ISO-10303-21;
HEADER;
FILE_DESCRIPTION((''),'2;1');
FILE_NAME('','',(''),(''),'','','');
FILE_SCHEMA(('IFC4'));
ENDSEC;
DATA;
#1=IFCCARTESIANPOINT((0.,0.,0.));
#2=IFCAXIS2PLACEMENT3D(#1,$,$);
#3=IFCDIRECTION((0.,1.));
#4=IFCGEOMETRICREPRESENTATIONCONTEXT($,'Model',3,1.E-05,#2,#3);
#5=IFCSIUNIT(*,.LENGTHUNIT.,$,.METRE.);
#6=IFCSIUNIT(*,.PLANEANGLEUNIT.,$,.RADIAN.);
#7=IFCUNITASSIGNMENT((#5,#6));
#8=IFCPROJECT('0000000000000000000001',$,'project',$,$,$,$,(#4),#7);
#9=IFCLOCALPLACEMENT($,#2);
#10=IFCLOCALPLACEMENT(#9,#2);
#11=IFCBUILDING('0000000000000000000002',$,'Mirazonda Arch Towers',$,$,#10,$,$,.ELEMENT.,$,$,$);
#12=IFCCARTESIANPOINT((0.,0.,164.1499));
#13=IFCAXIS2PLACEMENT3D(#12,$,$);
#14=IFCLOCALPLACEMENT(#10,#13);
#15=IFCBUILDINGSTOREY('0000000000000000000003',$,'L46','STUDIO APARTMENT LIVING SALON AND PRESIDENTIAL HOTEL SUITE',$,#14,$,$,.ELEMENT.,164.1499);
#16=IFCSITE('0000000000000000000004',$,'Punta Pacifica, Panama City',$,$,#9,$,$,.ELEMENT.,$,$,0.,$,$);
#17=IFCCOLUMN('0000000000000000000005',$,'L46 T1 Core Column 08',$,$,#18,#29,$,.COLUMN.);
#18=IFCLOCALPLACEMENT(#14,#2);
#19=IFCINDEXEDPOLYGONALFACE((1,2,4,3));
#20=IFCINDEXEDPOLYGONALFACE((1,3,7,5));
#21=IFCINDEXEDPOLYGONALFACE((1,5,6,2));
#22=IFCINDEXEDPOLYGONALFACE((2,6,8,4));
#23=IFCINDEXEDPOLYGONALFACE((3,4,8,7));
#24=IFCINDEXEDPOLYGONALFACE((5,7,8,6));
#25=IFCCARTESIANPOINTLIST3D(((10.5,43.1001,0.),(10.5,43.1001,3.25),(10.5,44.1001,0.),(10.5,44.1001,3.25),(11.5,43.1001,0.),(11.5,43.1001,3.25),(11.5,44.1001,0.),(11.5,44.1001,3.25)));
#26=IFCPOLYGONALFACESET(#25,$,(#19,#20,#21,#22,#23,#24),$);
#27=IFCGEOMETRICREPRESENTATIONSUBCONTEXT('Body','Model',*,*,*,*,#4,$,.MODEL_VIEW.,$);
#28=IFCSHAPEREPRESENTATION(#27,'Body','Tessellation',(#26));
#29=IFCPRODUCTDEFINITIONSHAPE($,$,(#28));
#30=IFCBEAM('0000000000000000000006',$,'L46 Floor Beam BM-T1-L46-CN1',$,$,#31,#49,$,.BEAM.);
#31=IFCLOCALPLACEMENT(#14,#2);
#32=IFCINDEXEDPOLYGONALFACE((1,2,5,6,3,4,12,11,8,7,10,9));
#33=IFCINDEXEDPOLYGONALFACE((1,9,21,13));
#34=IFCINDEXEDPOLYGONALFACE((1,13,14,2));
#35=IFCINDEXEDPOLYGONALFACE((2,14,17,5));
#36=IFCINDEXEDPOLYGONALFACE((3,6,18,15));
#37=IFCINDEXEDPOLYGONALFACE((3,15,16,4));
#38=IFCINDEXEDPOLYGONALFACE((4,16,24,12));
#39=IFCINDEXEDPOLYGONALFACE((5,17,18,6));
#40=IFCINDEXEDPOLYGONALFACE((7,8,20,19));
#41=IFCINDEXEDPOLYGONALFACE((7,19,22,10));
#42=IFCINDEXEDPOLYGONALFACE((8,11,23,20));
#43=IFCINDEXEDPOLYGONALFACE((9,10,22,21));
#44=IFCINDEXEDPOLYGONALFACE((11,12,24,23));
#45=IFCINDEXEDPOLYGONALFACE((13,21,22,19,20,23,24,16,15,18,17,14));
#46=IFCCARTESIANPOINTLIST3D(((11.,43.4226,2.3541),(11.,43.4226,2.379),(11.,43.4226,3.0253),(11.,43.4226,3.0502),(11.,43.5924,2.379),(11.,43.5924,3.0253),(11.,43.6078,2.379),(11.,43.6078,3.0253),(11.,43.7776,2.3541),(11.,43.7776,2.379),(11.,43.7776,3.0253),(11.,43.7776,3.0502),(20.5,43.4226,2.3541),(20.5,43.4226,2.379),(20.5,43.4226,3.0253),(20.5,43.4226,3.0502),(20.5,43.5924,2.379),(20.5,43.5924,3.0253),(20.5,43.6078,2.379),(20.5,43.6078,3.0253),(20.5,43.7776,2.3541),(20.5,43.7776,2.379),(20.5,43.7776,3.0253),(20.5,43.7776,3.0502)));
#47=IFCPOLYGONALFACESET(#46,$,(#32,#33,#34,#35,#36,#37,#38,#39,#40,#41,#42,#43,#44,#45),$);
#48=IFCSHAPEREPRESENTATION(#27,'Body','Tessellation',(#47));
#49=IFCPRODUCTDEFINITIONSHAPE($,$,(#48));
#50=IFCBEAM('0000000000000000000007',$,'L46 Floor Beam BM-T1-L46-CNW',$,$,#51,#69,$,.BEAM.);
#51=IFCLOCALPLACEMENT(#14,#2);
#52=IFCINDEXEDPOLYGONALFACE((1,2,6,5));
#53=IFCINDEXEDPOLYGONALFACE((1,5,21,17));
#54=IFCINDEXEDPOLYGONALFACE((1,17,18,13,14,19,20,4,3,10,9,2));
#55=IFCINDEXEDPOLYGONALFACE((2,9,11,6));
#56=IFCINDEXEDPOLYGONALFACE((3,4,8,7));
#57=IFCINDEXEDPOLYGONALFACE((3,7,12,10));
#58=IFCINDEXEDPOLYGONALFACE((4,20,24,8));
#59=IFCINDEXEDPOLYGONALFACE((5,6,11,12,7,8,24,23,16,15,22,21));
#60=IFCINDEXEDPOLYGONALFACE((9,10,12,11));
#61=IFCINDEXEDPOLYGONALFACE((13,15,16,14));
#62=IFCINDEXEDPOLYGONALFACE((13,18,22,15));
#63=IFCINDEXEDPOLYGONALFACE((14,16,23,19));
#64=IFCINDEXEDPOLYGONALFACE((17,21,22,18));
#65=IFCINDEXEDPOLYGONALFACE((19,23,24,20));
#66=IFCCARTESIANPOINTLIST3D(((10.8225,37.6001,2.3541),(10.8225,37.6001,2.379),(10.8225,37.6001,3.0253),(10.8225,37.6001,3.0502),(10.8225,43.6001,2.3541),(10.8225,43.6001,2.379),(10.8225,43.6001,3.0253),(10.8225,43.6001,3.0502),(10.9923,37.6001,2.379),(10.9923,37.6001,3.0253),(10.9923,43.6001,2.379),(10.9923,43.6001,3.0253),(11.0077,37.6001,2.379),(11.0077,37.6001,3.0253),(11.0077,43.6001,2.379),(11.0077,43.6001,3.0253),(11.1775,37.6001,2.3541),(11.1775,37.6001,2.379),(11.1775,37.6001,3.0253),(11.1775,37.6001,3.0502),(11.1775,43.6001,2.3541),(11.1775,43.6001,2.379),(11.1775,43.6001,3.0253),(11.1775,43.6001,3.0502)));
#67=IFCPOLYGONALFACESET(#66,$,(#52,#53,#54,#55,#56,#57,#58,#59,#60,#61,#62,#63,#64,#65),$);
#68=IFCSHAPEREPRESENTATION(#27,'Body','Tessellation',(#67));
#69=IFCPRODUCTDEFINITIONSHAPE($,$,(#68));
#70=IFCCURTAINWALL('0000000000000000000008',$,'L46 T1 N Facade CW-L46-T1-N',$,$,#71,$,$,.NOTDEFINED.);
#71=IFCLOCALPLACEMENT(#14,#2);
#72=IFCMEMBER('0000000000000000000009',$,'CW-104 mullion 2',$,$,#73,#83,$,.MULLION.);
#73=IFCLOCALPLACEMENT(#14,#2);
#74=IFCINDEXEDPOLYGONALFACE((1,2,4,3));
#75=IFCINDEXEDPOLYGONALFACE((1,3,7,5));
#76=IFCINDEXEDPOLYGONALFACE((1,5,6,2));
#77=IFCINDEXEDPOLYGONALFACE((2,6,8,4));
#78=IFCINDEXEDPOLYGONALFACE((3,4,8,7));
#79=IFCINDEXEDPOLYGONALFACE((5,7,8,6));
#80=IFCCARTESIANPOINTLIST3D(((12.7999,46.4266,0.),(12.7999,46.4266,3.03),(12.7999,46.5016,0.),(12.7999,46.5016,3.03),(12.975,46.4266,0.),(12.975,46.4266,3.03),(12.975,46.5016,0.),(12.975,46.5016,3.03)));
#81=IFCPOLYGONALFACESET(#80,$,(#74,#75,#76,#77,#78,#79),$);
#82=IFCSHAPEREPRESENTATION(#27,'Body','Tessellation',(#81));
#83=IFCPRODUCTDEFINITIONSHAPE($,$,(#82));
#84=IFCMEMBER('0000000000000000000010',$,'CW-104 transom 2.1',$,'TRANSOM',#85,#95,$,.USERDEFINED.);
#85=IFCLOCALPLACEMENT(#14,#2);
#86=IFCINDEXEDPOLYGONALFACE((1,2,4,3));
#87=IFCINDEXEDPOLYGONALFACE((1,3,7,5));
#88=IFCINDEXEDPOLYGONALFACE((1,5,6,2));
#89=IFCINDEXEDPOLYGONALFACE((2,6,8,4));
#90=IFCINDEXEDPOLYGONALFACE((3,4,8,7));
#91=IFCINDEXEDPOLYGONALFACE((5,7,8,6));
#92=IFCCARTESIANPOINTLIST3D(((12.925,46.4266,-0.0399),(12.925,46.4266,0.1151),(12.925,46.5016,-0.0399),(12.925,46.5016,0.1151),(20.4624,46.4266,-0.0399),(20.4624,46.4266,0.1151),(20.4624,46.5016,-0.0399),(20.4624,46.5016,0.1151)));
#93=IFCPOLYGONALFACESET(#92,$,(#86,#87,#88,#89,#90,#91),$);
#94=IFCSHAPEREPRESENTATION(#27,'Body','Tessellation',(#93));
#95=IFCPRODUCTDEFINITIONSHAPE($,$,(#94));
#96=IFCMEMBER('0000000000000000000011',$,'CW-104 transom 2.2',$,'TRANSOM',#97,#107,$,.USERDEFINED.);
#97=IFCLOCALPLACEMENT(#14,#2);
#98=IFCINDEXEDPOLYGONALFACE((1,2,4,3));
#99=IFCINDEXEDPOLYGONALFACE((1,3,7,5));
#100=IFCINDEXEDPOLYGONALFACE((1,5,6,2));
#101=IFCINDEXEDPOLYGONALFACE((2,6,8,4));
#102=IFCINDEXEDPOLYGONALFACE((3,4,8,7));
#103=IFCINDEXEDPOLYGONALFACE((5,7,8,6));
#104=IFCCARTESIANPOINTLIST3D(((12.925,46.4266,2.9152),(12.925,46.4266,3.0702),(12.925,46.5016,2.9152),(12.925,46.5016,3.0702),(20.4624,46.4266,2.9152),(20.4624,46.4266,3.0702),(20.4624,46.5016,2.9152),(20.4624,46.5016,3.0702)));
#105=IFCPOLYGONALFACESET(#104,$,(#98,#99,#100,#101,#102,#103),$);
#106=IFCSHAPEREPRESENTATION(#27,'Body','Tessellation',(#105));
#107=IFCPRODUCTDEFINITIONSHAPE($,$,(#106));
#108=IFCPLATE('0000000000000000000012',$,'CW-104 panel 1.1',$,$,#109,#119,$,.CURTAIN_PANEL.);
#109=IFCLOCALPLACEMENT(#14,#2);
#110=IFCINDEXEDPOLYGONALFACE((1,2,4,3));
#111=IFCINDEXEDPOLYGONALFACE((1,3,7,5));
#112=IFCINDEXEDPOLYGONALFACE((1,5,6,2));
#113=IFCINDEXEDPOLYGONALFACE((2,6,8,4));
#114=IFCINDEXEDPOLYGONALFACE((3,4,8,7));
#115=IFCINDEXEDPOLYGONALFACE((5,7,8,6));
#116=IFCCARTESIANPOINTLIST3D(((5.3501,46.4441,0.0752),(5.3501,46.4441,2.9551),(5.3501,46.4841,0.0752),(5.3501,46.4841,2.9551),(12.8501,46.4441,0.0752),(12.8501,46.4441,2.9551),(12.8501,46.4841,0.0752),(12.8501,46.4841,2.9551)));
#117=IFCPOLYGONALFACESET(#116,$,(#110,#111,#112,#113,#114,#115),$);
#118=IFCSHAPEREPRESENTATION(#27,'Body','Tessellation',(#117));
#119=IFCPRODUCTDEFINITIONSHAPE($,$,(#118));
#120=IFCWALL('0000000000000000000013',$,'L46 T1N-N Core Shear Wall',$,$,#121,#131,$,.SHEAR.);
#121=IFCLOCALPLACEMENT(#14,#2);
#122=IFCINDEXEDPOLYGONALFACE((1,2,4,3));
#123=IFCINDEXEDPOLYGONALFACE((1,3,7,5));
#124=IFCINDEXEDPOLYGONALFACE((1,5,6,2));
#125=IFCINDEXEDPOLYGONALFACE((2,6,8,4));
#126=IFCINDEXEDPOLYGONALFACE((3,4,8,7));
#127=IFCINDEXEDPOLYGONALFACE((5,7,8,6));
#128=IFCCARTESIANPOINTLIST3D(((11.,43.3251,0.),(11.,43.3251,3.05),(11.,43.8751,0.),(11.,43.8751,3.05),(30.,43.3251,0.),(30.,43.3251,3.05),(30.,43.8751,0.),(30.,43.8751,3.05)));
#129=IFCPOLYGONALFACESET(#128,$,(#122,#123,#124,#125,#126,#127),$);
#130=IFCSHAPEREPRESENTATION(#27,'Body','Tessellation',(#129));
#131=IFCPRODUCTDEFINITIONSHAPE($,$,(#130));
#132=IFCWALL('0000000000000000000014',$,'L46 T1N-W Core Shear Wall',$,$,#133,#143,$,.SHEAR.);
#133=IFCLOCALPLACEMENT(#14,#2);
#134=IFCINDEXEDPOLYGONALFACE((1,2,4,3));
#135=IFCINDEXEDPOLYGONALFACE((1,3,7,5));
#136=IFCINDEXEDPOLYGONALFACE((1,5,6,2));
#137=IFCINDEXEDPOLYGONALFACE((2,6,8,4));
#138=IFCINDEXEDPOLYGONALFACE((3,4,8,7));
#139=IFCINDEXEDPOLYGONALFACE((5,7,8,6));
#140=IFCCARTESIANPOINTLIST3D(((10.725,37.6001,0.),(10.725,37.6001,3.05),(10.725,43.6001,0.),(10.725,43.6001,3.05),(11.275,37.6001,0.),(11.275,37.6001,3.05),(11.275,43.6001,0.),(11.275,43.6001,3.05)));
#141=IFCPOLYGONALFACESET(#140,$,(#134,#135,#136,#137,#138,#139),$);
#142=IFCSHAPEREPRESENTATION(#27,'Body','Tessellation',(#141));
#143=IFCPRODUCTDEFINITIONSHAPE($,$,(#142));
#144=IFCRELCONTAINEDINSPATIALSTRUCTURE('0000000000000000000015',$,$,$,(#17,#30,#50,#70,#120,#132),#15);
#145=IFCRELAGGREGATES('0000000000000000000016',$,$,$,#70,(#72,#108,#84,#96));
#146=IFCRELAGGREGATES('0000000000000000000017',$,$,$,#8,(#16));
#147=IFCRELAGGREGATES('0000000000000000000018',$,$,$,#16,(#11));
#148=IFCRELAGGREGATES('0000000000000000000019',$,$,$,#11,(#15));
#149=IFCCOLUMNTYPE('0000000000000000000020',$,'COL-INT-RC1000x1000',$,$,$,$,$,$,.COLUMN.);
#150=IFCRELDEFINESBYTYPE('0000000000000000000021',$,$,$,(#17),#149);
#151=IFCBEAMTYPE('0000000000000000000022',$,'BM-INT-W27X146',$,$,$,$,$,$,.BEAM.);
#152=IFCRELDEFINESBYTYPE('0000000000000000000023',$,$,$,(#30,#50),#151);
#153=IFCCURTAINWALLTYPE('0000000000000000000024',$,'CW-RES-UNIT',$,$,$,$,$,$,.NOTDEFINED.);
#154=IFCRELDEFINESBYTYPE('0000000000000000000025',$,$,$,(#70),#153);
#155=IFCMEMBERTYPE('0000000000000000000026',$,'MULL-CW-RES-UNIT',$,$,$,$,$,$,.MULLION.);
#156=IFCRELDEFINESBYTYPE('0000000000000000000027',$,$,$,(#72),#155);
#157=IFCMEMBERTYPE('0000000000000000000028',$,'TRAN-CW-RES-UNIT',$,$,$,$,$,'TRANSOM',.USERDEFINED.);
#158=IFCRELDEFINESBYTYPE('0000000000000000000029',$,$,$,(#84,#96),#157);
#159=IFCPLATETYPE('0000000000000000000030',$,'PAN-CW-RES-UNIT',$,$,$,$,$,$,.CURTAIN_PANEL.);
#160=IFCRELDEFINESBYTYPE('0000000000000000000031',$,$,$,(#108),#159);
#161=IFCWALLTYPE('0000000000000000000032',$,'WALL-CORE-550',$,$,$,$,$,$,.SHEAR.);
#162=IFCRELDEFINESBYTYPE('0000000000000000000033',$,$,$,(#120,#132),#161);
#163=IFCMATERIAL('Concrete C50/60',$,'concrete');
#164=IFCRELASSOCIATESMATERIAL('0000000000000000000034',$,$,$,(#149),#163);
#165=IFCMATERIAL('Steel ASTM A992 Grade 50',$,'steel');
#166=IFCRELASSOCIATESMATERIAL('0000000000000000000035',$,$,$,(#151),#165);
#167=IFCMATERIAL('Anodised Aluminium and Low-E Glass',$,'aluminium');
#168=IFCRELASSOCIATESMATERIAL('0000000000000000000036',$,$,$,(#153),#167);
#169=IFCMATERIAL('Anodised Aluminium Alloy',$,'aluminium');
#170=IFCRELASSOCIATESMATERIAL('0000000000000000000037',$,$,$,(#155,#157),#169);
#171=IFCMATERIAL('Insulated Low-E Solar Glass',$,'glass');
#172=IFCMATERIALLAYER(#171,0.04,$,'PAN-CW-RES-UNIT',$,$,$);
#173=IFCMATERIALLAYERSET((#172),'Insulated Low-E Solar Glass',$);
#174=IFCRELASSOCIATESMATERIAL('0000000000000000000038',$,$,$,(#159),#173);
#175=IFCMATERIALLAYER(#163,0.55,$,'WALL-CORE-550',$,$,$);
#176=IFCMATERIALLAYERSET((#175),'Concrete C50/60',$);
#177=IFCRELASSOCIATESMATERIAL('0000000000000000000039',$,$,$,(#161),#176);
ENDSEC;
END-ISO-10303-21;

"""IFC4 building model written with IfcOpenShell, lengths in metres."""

from ifc_helpers import new_model, si_unit, direction, frame, frame_2d, origin, origin_2d, place, context, subcontext, project, spatial, rectangle, i_section, extrude, material, layer, layer_set, material_profile, profile_set, type_object, element, aggregate, save


model = new_model("IFC4")

# Units and contexts
model_context = context("Model", 3, precision=1e-05, world=origin(), true_north=direction((0.0, 1.0)))
body_context = subcontext(model_context, "Body", "Model", "MODEL_VIEW")
ifc_project = project(units=[si_unit("LENGTHUNIT", "METRE"), si_unit("PLANEANGLEUNIT", "RADIAN")], contexts=[model_context])

# Site, building, storey
site_placement = place(None, origin())
site = spatial("IfcSite", under=ifc_project, at=site_placement, Name="Punta Pacifica, Panama City", CompositionType="ELEMENT", RefElevation=0.0)
building_placement = place(site_placement, origin())
building = spatial("IfcBuilding", under=site, at=building_placement, Name="Mirazonda Arch Towers", CompositionType="ELEMENT")
storey_placement = place(building_placement, frame((0.0, 0.0, 164.1499)))
storey = spatial("IfcBuildingStorey", under=building, at=storey_placement, Name="L46", Description="STUDIO APARTMENT LIVING SALON AND PRESIDENTIAL HOTEL SUITE", CompositionType="ELEMENT", Elevation=164.1499)

# Column
ifc_material_1 = material(Name="Concrete C50/60", Category="concrete")
ifc_material_profile_1 = material_profile(ifc_material_1, rectangle(XDim=1.0, YDim=1.0, at=origin_2d()), Name="RC1000x1000")
ifc_profile_set_1 = profile_set([ifc_material_profile_1], Name="Concrete C50/60")
column_type = type_object("IfcColumnType", Name="COL-INT-RC1000x1000", PredefinedType="COLUMN", material=ifc_profile_set_1)
column_placement = place(storey_placement, frame((11.0, 43.6001, 0.0), z_axis=(0.0, 0.0, 1.0), x_axis=(1.0, 0.0, 0.0)))
element("IfcColumn", 1, at=column_placement, inside=storey, type_object=column_type, Name="L46 T1 Core Column 08", PredefinedType="COLUMN", context=body_context, shape_type="SweptSolid", body=[
    extrude(rectangle(XDim=1.0, YDim=1.0, at=origin_2d()), origin(), (0.0, 0.0, 1.0), 3.25),
])

# Beams
ifc_material_2 = material(Name="Steel ASTM A992 Grade 50", Category="steel")
ifc_material_profile_2 = material_profile(ifc_material_2, i_section(OverallWidth=0.355, OverallDepth=0.696, WebThickness=0.0154, FlangeThickness=0.0249, at=origin_2d()), Name="W27X146")
ifc_profile_set_2 = profile_set([ifc_material_profile_2], Name="Steel ASTM A992 Grade 50")
beam_type = type_object("IfcBeamType", Name="BM-INT-W27X146", PredefinedType="BEAM", material=ifc_profile_set_2)
beam_1_placement = place(storey_placement, frame((11.0, 43.6001, 2.7021), z_axis=(1.0, 0.0, 0.0), x_axis=(0.0, 1.0, 0.0)))
element("IfcBeam", 2, at=beam_1_placement, inside=storey, type_object=beam_type, Name="L46 Floor Beam BM-T1-L46-CN1", PredefinedType="BEAM", context=body_context, shape_type="SweptSolid", body=[
    extrude(i_section(OverallWidth=0.355, OverallDepth=0.696, WebThickness=0.0154, FlangeThickness=0.0249, at=origin_2d()), origin(), (0.0, 0.0, 1.0), 9.5),
])
beam_2_placement = place(storey_placement, frame((11.0, 37.6001, 2.7021), z_axis=(0.0, 1.0, 0.0), x_axis=(-1.0, 0.0, 0.0)))
element("IfcBeam", 3, at=beam_2_placement, inside=storey, type_object=beam_type, Name="L46 Floor Beam BM-T1-L46-CNW", PredefinedType="BEAM", context=body_context, shape_type="SweptSolid", body=[
    extrude(i_section(OverallWidth=0.355, OverallDepth=0.696, WebThickness=0.0154, FlangeThickness=0.0249, at=origin_2d()), origin(), (0.0, 0.0, 1.0), 6.0),
])

# Curtain wall, members, plate
ifc_material_3 = material(Name="Anodised Aluminium and Low-E Glass", Category="aluminium")
curtain_wall_type = type_object("IfcCurtainWallType", Name="CW-RES-UNIT", PredefinedType="NOTDEFINED", material=ifc_material_3)
curtain_wall_placement = place(storey_placement, origin())
curtain_wall = element("IfcCurtainWall", 4, at=curtain_wall_placement, inside=storey, type_object=curtain_wall_type, Name="L46 T1 N Facade CW-L46-T1-N", PredefinedType="NOTDEFINED")
ifc_material_4 = material(Name="Anodised Aluminium Alloy", Category="aluminium")
ifc_material_profile_3 = material_profile(ifc_material_4, rectangle(XDim=0.075, YDim=0.175, at=origin_2d()), Name="ALU-MULL-75x175")
ifc_profile_set_3 = profile_set([ifc_material_profile_3], Name="Anodised Aluminium Alloy")
member_type_1 = type_object("IfcMemberType", Name="MULL-CW-RES-UNIT", PredefinedType="MULLION", material=ifc_profile_set_3)
member_1_placement = place(storey_placement, frame((12.8875, 46.4641, 0.0), z_axis=(0.0, 0.0, 1.0), x_axis=(0.0, 1.0, 0.0)))
member_1 = element("IfcMember", 5, at=member_1_placement, type_object=member_type_1, Name="CW-104 mullion 2", PredefinedType="MULLION", context=body_context, shape_type="SweptSolid", body=[
    extrude(rectangle(XDim=0.075, YDim=0.175, at=origin_2d()), origin(), (0.0, 0.0, 1.0), 3.03),
])
ifc_material_profile_4 = material_profile(ifc_material_4, rectangle(XDim=0.075, YDim=0.155, at=origin_2d()), Name="ALU-TRAN-75x155")
ifc_profile_set_4 = profile_set([ifc_material_profile_4], Name="Anodised Aluminium Alloy")
member_type_2 = type_object("IfcMemberType", Name="TRAN-CW-RES-UNIT", ElementType="TRANSOM", PredefinedType="USERDEFINED", material=ifc_profile_set_4)
member_2_placement = place(storey_placement, frame((12.925, 46.4641, 0.0376), z_axis=(1.0, 0.0, 0.0), x_axis=(0.0, 1.0, 0.0)))
member_2 = element("IfcMember", 6, at=member_2_placement, type_object=member_type_2, Name="CW-104 transom 2.1", ObjectType="TRANSOM", PredefinedType="USERDEFINED", context=body_context, shape_type="SweptSolid", body=[
    extrude(rectangle(XDim=0.075, YDim=0.155, at=origin_2d()), origin(), (0.0, 0.0, 1.0), 7.5374),
])
member_3_placement = place(storey_placement, frame((12.925, 46.4641, 2.9927), z_axis=(1.0, 0.0, 0.0), x_axis=(0.0, 1.0, 0.0)))
member_3 = element("IfcMember", 7, at=member_3_placement, type_object=member_type_2, Name="CW-104 transom 2.2", ObjectType="TRANSOM", PredefinedType="USERDEFINED", context=body_context, shape_type="SweptSolid", body=[
    extrude(rectangle(XDim=0.075, YDim=0.155, at=origin_2d()), origin(), (0.0, 0.0, 1.0), 7.5374),
])
ifc_material_5 = material(Name="Insulated Low-E Solar Glass", Category="glass")
ifc_layer_1 = layer(ifc_material_5, 0.04, Name="PAN-CW-RES-UNIT")
ifc_layer_set_1 = layer_set([ifc_layer_1], Name="Insulated Low-E Solar Glass")
plate_type = type_object("IfcPlateType", Name="PAN-CW-RES-UNIT", PredefinedType="CURTAIN_PANEL", material=ifc_layer_set_1)
plate_placement = place(storey_placement, frame((9.1001, 46.4641, 0.0752), z_axis=(0.0, 0.0, 1.0), x_axis=(1.0, 0.0, 0.0)))
plate = element("IfcPlate", 8, at=plate_placement, type_object=plate_type, Name="CW-104 panel 1.1", PredefinedType="CURTAIN_PANEL", context=body_context, shape_type="SweptSolid", body=[
    extrude(rectangle(XDim=7.5, YDim=0.04, at=origin_2d()), origin(), (0.0, 0.0, 1.0), 2.8799),
])
aggregate(curtain_wall, [member_1, plate, member_2, member_3])

# Walls
ifc_layer_2 = layer(ifc_material_1, 0.55, Name="WALL-CORE-550")
ifc_layer_set_2 = layer_set([ifc_layer_2], Name="Concrete C50/60")
wall_type_1 = type_object("IfcWallType", Name="WALL-CORE-550", PredefinedType="SHEAR", material=ifc_layer_set_2)
wall_1_placement = place(storey_placement, frame((11.0, 43.6001, 0.0), z_axis=(0.0, 0.0, 1.0), x_axis=(1.0, 0.0, 0.0)))
element("IfcWall", 9, at=wall_1_placement, inside=storey, type_object=wall_type_1, Name="L46 T1N-N Core Shear Wall", PredefinedType="SHEAR", context=body_context, shape_type="SweptSolid", body=[
    extrude(rectangle(XDim=19.0, YDim=0.55, at=frame_2d((9.5, 0.0))), origin(), (0.0, 0.0, 1.0), 3.05),
])
wall_2_placement = place(storey_placement, frame((11.0, 37.6001, 0.0), z_axis=(0.0, 0.0, 1.0), x_axis=(0.0, 1.0, 0.0)))
element("IfcWall", 10, at=wall_2_placement, inside=storey, type_object=wall_type_1, Name="L46 T1N-W Core Shear Wall", PredefinedType="SHEAR", context=body_context, shape_type="SweptSolid", body=[
    extrude(rectangle(XDim=6.0, YDim=0.55, at=frame_2d((3.0, 0.0))), origin(), (0.0, 0.0, 1.0), 3.05),
])

save(model, "model.ifc")
